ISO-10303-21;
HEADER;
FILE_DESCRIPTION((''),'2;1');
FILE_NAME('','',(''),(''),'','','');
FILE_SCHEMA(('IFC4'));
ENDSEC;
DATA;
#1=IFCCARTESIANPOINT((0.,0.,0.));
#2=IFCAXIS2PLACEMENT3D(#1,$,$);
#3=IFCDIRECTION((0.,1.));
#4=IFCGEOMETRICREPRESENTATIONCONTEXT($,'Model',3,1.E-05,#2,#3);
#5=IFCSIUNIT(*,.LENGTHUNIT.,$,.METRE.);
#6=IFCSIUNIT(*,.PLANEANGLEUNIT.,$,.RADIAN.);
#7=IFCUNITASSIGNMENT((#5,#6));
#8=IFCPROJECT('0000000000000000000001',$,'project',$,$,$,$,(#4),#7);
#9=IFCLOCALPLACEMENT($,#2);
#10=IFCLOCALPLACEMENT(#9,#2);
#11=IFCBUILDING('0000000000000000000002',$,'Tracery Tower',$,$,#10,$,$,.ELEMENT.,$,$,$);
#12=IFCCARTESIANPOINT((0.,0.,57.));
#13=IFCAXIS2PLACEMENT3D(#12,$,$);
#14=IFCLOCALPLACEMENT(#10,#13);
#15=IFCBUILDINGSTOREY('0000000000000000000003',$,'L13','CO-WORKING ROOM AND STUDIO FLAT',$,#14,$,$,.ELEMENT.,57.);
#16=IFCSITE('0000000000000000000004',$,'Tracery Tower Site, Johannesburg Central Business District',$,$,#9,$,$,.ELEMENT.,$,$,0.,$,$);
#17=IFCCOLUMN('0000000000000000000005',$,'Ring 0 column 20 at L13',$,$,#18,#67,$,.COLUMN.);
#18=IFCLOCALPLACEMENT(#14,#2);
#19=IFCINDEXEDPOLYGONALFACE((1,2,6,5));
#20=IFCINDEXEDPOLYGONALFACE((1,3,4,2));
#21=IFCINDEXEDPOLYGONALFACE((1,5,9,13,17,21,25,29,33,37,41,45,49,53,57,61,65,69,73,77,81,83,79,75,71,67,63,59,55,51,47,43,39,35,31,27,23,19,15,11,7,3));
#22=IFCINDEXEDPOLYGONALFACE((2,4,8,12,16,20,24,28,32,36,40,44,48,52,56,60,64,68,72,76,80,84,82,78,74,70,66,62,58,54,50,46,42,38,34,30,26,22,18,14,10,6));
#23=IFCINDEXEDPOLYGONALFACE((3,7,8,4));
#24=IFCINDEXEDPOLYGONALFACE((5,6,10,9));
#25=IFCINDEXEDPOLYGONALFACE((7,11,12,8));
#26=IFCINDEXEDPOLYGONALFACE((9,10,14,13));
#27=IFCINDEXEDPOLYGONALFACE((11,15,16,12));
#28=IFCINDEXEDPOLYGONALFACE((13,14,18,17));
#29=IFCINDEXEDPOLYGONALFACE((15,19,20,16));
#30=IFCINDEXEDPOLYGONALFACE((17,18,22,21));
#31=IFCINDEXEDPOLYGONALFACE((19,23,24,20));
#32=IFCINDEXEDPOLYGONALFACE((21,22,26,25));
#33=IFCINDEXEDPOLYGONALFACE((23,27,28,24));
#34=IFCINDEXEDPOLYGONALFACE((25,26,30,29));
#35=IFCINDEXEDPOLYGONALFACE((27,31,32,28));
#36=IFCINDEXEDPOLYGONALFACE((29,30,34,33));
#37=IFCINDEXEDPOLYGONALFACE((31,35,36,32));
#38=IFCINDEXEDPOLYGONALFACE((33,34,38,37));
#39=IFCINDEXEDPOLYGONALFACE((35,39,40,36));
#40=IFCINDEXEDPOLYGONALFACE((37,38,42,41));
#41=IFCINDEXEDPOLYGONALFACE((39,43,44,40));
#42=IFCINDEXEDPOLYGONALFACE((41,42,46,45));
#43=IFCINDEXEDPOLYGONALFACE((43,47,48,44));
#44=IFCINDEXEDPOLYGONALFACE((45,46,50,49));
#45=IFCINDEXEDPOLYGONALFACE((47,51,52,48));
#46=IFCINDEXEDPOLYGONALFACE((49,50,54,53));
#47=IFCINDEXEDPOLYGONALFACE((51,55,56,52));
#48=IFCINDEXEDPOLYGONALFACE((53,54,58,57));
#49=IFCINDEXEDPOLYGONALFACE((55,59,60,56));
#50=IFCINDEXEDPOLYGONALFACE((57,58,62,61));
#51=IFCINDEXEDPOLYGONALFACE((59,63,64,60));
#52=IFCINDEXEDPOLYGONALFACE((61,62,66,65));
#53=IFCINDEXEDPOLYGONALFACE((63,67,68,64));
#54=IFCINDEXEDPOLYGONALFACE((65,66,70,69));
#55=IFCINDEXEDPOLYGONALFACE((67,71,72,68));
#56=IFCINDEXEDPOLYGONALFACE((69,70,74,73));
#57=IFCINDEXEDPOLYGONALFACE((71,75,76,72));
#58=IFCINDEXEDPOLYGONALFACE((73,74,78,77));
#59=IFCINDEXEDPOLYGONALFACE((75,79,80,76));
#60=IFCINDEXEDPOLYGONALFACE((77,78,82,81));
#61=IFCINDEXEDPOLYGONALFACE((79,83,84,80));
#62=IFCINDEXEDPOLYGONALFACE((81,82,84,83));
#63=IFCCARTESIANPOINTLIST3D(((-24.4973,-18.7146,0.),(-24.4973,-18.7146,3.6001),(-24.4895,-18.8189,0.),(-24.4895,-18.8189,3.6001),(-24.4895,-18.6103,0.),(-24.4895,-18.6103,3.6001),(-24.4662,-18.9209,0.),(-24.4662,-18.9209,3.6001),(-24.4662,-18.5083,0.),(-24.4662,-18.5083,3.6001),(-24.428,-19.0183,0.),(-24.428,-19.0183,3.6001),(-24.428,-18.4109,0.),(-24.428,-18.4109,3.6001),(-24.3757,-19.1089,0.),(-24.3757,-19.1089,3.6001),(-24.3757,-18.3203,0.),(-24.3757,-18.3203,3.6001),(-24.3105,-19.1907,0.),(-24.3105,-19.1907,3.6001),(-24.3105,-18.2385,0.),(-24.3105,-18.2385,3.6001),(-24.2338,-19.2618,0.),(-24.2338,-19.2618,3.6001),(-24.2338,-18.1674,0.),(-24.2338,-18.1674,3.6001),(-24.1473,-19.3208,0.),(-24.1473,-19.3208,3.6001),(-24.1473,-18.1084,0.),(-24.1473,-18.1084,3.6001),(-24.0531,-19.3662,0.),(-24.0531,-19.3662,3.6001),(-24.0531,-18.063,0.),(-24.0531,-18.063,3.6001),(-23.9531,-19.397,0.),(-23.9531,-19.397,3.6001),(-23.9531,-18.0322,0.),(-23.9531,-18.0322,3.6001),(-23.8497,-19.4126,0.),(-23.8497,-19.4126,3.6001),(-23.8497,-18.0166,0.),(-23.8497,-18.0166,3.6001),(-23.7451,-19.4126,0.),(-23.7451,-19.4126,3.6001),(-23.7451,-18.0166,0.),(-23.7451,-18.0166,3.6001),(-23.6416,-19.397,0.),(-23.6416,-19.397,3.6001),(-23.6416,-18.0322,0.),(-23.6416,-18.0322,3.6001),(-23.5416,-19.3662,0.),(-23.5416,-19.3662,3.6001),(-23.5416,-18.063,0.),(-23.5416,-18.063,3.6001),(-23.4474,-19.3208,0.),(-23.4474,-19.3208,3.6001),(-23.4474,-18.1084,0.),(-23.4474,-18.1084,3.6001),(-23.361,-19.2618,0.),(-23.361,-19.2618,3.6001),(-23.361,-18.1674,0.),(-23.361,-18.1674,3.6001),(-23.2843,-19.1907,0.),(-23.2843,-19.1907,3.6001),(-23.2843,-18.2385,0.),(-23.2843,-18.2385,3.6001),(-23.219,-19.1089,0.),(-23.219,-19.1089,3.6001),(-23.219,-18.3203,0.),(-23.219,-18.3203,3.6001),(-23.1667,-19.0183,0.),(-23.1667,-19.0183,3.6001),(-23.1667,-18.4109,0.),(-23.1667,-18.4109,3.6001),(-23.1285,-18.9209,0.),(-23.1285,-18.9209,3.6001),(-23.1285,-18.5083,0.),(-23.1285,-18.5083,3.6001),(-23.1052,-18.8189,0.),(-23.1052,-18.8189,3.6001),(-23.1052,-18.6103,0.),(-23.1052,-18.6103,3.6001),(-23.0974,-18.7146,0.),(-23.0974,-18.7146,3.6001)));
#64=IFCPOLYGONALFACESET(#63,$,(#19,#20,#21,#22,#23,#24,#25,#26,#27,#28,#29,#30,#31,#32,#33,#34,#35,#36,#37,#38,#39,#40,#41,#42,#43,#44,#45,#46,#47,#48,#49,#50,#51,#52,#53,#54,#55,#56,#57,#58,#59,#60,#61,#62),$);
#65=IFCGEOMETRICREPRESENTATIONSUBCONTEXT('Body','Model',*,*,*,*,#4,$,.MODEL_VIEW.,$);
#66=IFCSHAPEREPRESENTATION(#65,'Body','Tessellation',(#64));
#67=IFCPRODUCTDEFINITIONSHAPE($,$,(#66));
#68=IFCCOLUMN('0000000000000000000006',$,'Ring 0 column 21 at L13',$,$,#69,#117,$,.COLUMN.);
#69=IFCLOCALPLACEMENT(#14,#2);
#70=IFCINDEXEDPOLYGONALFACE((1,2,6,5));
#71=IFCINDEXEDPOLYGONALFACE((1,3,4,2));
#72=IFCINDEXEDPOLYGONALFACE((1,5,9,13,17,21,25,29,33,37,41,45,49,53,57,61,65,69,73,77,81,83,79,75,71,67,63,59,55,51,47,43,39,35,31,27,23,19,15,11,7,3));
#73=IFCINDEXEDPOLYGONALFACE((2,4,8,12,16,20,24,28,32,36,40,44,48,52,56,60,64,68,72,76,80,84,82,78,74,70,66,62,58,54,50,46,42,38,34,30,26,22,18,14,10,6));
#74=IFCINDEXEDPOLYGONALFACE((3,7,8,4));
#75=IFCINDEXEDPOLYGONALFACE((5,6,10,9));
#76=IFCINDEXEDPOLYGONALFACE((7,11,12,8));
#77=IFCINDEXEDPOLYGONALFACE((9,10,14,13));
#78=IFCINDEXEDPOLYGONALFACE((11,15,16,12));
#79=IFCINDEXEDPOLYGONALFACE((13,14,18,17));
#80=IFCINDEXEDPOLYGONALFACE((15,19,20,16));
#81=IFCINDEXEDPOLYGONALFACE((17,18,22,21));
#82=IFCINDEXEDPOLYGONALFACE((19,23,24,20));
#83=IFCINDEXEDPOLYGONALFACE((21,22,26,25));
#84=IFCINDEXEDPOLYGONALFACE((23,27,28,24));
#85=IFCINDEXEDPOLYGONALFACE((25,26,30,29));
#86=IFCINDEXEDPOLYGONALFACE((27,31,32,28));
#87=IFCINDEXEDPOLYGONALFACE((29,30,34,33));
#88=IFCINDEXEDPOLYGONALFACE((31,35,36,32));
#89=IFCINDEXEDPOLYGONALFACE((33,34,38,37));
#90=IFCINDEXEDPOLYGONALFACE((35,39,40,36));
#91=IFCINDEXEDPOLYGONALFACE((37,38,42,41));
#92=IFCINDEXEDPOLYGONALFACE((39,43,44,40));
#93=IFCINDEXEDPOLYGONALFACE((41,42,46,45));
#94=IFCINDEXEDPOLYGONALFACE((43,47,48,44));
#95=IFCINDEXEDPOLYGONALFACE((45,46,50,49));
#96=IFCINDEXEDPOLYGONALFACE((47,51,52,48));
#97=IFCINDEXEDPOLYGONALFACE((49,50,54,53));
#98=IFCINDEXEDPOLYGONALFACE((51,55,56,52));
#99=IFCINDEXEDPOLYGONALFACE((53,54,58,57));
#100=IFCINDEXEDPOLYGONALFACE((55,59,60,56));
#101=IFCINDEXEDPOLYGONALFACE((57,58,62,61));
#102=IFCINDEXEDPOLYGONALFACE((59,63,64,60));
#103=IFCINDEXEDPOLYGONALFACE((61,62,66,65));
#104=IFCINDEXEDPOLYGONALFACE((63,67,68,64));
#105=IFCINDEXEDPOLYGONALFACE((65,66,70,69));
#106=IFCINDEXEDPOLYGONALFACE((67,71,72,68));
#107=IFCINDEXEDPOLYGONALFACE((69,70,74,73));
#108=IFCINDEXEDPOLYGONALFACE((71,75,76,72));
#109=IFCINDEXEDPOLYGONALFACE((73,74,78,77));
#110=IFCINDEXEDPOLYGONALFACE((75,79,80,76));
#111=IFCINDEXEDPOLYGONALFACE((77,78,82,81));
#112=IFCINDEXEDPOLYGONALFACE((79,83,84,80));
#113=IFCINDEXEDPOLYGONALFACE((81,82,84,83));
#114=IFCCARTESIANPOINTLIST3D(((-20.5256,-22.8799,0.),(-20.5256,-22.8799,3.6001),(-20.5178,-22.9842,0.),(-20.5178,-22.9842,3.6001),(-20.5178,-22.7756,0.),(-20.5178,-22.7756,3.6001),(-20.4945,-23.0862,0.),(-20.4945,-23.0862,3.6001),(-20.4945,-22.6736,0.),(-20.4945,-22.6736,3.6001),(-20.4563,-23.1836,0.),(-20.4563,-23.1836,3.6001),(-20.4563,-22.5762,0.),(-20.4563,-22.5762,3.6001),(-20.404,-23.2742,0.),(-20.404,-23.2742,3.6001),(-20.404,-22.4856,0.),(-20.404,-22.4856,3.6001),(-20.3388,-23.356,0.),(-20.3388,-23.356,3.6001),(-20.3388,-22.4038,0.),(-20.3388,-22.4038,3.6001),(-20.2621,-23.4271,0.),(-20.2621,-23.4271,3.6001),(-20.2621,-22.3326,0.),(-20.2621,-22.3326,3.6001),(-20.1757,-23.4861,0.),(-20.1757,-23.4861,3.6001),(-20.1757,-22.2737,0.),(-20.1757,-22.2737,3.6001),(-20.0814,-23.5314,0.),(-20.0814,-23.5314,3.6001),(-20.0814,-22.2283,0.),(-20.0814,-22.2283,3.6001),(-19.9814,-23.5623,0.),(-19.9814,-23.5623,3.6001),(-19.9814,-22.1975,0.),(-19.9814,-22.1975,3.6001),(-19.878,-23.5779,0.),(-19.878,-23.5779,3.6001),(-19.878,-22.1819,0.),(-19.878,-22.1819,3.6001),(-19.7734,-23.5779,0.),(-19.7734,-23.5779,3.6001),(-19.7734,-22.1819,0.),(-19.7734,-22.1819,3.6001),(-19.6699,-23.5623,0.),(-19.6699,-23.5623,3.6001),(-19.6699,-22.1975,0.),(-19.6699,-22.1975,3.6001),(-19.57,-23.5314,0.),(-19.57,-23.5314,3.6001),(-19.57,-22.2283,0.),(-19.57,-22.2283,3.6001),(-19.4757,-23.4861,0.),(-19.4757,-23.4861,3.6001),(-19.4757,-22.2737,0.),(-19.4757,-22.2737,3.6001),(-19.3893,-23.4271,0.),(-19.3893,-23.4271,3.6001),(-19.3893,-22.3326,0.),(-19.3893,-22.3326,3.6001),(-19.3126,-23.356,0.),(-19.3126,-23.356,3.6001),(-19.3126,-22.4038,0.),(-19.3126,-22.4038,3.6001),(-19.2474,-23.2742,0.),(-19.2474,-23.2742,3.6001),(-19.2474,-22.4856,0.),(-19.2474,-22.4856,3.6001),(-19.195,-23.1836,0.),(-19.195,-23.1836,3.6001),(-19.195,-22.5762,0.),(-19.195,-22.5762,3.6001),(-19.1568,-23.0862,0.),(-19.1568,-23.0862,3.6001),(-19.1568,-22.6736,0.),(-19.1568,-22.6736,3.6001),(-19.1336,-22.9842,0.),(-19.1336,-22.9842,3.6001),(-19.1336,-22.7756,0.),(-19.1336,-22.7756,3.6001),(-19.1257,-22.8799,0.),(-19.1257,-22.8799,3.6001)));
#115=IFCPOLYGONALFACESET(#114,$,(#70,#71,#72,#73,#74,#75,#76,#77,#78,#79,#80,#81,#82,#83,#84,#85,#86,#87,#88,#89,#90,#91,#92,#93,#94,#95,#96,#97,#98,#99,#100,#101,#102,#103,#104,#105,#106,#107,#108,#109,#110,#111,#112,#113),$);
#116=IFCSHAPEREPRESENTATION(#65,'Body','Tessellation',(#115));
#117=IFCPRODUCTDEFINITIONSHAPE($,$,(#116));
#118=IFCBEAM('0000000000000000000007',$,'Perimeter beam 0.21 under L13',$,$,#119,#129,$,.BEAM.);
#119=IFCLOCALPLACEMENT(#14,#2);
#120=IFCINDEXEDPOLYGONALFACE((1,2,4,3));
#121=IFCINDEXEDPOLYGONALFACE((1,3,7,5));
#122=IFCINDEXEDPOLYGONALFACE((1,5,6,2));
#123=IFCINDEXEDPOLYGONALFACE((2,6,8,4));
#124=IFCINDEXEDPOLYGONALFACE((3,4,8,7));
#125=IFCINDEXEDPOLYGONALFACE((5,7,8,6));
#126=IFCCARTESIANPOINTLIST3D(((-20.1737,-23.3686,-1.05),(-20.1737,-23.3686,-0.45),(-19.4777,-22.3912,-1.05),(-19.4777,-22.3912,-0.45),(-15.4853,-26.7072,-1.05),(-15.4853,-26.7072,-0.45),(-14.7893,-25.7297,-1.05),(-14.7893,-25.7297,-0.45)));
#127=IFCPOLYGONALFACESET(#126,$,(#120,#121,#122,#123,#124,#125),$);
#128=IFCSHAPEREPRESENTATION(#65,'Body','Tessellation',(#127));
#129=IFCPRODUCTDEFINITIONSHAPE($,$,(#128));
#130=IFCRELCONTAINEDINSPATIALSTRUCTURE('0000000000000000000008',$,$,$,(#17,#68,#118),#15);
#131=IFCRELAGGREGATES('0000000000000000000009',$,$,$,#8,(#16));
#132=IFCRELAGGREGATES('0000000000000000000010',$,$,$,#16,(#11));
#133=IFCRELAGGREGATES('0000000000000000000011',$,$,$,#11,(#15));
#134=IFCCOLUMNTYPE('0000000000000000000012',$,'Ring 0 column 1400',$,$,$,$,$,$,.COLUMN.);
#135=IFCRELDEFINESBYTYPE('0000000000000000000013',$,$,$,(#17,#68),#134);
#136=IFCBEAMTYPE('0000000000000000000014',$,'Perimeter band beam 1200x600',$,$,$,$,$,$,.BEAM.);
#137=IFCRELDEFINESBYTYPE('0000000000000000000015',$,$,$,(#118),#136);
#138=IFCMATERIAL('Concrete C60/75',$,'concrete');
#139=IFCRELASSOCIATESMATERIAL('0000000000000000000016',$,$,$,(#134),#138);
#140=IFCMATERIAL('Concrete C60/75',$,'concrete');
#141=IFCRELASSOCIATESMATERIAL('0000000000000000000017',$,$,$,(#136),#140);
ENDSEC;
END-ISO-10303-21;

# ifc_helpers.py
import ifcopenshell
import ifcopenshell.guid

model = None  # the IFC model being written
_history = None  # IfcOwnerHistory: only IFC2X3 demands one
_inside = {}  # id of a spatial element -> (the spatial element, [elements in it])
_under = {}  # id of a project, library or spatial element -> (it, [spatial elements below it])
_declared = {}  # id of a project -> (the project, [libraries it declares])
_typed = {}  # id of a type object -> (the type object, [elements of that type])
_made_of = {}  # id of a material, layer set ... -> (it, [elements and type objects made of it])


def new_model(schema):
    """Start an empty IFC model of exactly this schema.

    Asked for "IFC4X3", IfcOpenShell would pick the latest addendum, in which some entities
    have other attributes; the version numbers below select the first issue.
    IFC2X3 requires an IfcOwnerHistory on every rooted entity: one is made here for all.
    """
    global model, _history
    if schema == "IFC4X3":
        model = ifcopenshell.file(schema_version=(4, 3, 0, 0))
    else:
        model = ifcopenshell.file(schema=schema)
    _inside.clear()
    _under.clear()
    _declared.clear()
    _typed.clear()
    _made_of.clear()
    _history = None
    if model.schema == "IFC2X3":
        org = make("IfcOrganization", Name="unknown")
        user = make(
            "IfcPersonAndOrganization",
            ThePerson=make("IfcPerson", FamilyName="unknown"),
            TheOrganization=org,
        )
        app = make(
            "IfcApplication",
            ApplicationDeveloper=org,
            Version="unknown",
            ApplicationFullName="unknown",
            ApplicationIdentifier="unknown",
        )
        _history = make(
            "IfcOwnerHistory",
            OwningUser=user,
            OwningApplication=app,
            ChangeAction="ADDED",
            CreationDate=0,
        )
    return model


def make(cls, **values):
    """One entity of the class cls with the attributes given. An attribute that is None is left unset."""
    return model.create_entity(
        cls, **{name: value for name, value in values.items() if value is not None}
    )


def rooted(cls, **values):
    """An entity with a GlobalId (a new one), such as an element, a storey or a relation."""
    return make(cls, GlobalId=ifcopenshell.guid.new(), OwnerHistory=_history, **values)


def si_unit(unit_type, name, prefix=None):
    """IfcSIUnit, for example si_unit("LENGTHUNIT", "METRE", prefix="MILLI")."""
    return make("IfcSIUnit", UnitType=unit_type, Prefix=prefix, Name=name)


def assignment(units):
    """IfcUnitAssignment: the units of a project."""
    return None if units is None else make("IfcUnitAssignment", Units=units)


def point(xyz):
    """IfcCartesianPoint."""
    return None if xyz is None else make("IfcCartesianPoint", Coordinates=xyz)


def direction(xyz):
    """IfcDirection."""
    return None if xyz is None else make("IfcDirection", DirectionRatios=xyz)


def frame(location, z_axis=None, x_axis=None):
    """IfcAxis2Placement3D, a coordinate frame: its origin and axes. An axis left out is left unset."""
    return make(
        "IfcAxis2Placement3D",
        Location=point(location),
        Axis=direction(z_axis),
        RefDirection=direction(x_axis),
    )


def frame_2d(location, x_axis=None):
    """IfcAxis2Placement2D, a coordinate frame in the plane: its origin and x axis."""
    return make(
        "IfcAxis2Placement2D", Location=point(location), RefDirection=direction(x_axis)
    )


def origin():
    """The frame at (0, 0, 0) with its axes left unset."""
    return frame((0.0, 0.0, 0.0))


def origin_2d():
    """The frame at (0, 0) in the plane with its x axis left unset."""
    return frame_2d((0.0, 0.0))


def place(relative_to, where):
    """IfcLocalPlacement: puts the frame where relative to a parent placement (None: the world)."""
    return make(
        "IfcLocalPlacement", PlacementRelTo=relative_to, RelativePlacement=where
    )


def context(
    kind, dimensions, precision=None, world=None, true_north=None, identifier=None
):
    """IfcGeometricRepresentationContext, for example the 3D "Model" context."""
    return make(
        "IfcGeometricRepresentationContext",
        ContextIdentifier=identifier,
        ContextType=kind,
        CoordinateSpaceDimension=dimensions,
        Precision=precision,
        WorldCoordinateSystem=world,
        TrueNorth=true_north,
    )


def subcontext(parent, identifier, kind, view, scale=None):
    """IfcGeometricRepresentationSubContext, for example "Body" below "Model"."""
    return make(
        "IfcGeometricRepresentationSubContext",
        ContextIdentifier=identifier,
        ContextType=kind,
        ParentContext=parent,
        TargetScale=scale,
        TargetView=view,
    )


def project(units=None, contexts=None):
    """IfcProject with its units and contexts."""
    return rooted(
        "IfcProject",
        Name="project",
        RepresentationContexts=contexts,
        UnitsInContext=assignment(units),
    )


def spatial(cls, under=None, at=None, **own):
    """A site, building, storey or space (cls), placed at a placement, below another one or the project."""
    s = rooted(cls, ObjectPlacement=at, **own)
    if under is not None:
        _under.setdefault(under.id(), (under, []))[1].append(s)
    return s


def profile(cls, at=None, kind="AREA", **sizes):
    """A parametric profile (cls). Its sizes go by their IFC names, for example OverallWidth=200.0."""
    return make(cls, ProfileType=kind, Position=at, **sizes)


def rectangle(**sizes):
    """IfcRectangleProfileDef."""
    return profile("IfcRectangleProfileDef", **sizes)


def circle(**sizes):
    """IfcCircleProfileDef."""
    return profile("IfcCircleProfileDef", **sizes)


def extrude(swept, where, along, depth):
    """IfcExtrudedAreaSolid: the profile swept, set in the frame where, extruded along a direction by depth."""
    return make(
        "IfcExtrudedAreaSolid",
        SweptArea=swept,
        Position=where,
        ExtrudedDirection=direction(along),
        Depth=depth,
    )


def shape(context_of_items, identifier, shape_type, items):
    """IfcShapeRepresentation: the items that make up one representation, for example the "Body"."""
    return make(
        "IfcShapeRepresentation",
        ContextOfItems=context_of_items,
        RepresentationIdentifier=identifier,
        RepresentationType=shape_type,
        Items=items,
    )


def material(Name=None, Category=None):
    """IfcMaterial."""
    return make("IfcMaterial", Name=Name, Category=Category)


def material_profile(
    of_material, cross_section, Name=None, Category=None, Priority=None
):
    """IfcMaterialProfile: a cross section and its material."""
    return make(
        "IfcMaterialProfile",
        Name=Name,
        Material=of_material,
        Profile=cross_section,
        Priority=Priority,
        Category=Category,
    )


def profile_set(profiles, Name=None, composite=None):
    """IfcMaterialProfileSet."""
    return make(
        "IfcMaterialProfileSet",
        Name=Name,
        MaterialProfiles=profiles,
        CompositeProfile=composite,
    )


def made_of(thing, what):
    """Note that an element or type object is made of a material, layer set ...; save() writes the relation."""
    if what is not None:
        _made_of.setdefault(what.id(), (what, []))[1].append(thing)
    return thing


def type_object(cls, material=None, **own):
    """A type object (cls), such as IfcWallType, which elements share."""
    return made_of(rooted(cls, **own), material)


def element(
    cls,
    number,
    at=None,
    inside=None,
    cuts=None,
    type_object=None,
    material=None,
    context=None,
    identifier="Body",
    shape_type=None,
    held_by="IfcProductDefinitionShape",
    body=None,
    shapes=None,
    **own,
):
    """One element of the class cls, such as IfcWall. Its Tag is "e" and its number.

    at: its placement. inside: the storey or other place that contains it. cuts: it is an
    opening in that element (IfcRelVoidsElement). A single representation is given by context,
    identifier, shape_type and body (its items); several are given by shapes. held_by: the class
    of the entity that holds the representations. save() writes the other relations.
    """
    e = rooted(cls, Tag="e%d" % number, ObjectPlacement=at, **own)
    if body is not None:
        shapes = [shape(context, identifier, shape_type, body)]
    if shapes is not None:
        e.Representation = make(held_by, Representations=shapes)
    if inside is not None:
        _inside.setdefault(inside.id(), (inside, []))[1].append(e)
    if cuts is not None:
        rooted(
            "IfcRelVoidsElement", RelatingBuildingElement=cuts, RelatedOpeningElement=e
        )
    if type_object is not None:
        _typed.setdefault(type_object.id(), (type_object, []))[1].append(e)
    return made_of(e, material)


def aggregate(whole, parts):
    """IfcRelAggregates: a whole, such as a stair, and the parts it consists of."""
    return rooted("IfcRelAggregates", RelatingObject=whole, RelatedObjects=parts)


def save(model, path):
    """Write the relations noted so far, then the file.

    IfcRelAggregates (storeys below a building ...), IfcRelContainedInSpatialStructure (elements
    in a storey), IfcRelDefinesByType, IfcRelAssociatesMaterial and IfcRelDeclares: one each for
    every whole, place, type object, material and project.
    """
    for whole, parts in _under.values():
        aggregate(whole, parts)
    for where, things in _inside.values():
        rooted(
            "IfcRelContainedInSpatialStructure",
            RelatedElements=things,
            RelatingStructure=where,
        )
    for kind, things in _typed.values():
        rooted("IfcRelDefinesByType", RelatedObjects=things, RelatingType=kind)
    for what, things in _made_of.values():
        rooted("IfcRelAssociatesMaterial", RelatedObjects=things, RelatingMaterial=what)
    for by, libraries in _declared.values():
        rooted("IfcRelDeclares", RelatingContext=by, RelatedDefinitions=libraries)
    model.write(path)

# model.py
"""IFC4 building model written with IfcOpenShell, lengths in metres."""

from ifc_helpers import new_model, si_unit, direction, frame, origin, origin_2d, place, context, subcontext, project, spatial, rectangle, circle, extrude, material, material_profile, profile_set, type_object, element, save


model = new_model("IFC4")

# Units and contexts
model_context = context("Model", 3, precision=1e-05, world=origin(), true_north=direction((0.0, 1.0)))
body_context = subcontext(model_context, "Body", "Model", "MODEL_VIEW")
ifc_project = project(units=[si_unit("LENGTHUNIT", "METRE"), si_unit("PLANEANGLEUNIT", "RADIAN")], contexts=[model_context])

# Site, building, storey
site_placement = place(None, origin())
site = spatial("IfcSite", under=ifc_project, at=site_placement, Name="Tracery Tower Site, Johannesburg Central Business District", CompositionType="ELEMENT", RefElevation=0.0)
building_placement = place(site_placement, origin())
building = spatial("IfcBuilding", under=site, at=building_placement, Name="Tracery Tower", CompositionType="ELEMENT")
storey_placement = place(building_placement, frame((0.0, 0.0, 57.0)))
storey = spatial("IfcBuildingStorey", under=building, at=storey_placement, Name="L13", Description="CO-WORKING ROOM AND STUDIO FLAT", CompositionType="ELEMENT", Elevation=57.0)

# Columns
ifc_material_1 = material(Name="Concrete C60/75", Category="concrete")
ifc_material_profile_1 = material_profile(ifc_material_1, circle(Radius=0.7, at=origin_2d()), Name="RC D1400")
ifc_profile_set_1 = profile_set([ifc_material_profile_1], Name="Concrete C60/75")
column_type = type_object("IfcColumnType", Name="Ring 0 column 1400", PredefinedType="COLUMN", material=ifc_profile_set_1)
for number, where, z_axis, x_axis, name in (
    (1, (-23.7974, -18.7146, 0.0), (0.0, 0.0, 1.0), (1.0, 0.0, 0.0), "Ring 0 column 20 at L13"),
    (2, (-19.8257, -22.8799, 0.0), (0.0, 0.0, 1.0), (1.0, 0.0, 0.0), "Ring 0 column 21 at L13"),
):
    element("IfcColumn", number, at=place(storey_placement, frame(where, z_axis=z_axis, x_axis=x_axis)), inside=storey, type_object=column_type, Name=name, PredefinedType="COLUMN", context=body_context, shape_type="SweptSolid", body=[
        extrude(circle(Radius=0.7, at=origin_2d()), origin(), (0.0, 0.0, 1.0), 3.6001),
    ])

# Beam
ifc_material_2 = material(Name="Concrete C60/75", Category="concrete")
ifc_material_profile_2 = material_profile(ifc_material_2, rectangle(XDim=1.2, YDim=0.6001, at=origin_2d()), Name="RC 1200x600")
ifc_profile_set_2 = profile_set([ifc_material_profile_2], Name="Concrete C60/75")
beam_type = type_object("IfcBeamType", Name="Perimeter band beam 1200x600", PredefinedType="BEAM", material=ifc_profile_set_2)
beam_placement = place(storey_placement, frame((-19.8257, -22.8799, -0.75), z_axis=(0.814578, -0.580054, 0.0), x_axis=(0.580054, 0.814578, 0.0)))
element("IfcBeam", 3, at=beam_placement, inside=storey, type_object=beam_type, Name="Perimeter beam 0.21 under L13", PredefinedType="BEAM", context=body_context, shape_type="SweptSolid", body=[
    extrude(rectangle(XDim=1.2, YDim=0.6001, at=origin_2d()), origin(), (0.0, 0.0, 1.0), 5.7556),
])

save(model, "model.ifc")
